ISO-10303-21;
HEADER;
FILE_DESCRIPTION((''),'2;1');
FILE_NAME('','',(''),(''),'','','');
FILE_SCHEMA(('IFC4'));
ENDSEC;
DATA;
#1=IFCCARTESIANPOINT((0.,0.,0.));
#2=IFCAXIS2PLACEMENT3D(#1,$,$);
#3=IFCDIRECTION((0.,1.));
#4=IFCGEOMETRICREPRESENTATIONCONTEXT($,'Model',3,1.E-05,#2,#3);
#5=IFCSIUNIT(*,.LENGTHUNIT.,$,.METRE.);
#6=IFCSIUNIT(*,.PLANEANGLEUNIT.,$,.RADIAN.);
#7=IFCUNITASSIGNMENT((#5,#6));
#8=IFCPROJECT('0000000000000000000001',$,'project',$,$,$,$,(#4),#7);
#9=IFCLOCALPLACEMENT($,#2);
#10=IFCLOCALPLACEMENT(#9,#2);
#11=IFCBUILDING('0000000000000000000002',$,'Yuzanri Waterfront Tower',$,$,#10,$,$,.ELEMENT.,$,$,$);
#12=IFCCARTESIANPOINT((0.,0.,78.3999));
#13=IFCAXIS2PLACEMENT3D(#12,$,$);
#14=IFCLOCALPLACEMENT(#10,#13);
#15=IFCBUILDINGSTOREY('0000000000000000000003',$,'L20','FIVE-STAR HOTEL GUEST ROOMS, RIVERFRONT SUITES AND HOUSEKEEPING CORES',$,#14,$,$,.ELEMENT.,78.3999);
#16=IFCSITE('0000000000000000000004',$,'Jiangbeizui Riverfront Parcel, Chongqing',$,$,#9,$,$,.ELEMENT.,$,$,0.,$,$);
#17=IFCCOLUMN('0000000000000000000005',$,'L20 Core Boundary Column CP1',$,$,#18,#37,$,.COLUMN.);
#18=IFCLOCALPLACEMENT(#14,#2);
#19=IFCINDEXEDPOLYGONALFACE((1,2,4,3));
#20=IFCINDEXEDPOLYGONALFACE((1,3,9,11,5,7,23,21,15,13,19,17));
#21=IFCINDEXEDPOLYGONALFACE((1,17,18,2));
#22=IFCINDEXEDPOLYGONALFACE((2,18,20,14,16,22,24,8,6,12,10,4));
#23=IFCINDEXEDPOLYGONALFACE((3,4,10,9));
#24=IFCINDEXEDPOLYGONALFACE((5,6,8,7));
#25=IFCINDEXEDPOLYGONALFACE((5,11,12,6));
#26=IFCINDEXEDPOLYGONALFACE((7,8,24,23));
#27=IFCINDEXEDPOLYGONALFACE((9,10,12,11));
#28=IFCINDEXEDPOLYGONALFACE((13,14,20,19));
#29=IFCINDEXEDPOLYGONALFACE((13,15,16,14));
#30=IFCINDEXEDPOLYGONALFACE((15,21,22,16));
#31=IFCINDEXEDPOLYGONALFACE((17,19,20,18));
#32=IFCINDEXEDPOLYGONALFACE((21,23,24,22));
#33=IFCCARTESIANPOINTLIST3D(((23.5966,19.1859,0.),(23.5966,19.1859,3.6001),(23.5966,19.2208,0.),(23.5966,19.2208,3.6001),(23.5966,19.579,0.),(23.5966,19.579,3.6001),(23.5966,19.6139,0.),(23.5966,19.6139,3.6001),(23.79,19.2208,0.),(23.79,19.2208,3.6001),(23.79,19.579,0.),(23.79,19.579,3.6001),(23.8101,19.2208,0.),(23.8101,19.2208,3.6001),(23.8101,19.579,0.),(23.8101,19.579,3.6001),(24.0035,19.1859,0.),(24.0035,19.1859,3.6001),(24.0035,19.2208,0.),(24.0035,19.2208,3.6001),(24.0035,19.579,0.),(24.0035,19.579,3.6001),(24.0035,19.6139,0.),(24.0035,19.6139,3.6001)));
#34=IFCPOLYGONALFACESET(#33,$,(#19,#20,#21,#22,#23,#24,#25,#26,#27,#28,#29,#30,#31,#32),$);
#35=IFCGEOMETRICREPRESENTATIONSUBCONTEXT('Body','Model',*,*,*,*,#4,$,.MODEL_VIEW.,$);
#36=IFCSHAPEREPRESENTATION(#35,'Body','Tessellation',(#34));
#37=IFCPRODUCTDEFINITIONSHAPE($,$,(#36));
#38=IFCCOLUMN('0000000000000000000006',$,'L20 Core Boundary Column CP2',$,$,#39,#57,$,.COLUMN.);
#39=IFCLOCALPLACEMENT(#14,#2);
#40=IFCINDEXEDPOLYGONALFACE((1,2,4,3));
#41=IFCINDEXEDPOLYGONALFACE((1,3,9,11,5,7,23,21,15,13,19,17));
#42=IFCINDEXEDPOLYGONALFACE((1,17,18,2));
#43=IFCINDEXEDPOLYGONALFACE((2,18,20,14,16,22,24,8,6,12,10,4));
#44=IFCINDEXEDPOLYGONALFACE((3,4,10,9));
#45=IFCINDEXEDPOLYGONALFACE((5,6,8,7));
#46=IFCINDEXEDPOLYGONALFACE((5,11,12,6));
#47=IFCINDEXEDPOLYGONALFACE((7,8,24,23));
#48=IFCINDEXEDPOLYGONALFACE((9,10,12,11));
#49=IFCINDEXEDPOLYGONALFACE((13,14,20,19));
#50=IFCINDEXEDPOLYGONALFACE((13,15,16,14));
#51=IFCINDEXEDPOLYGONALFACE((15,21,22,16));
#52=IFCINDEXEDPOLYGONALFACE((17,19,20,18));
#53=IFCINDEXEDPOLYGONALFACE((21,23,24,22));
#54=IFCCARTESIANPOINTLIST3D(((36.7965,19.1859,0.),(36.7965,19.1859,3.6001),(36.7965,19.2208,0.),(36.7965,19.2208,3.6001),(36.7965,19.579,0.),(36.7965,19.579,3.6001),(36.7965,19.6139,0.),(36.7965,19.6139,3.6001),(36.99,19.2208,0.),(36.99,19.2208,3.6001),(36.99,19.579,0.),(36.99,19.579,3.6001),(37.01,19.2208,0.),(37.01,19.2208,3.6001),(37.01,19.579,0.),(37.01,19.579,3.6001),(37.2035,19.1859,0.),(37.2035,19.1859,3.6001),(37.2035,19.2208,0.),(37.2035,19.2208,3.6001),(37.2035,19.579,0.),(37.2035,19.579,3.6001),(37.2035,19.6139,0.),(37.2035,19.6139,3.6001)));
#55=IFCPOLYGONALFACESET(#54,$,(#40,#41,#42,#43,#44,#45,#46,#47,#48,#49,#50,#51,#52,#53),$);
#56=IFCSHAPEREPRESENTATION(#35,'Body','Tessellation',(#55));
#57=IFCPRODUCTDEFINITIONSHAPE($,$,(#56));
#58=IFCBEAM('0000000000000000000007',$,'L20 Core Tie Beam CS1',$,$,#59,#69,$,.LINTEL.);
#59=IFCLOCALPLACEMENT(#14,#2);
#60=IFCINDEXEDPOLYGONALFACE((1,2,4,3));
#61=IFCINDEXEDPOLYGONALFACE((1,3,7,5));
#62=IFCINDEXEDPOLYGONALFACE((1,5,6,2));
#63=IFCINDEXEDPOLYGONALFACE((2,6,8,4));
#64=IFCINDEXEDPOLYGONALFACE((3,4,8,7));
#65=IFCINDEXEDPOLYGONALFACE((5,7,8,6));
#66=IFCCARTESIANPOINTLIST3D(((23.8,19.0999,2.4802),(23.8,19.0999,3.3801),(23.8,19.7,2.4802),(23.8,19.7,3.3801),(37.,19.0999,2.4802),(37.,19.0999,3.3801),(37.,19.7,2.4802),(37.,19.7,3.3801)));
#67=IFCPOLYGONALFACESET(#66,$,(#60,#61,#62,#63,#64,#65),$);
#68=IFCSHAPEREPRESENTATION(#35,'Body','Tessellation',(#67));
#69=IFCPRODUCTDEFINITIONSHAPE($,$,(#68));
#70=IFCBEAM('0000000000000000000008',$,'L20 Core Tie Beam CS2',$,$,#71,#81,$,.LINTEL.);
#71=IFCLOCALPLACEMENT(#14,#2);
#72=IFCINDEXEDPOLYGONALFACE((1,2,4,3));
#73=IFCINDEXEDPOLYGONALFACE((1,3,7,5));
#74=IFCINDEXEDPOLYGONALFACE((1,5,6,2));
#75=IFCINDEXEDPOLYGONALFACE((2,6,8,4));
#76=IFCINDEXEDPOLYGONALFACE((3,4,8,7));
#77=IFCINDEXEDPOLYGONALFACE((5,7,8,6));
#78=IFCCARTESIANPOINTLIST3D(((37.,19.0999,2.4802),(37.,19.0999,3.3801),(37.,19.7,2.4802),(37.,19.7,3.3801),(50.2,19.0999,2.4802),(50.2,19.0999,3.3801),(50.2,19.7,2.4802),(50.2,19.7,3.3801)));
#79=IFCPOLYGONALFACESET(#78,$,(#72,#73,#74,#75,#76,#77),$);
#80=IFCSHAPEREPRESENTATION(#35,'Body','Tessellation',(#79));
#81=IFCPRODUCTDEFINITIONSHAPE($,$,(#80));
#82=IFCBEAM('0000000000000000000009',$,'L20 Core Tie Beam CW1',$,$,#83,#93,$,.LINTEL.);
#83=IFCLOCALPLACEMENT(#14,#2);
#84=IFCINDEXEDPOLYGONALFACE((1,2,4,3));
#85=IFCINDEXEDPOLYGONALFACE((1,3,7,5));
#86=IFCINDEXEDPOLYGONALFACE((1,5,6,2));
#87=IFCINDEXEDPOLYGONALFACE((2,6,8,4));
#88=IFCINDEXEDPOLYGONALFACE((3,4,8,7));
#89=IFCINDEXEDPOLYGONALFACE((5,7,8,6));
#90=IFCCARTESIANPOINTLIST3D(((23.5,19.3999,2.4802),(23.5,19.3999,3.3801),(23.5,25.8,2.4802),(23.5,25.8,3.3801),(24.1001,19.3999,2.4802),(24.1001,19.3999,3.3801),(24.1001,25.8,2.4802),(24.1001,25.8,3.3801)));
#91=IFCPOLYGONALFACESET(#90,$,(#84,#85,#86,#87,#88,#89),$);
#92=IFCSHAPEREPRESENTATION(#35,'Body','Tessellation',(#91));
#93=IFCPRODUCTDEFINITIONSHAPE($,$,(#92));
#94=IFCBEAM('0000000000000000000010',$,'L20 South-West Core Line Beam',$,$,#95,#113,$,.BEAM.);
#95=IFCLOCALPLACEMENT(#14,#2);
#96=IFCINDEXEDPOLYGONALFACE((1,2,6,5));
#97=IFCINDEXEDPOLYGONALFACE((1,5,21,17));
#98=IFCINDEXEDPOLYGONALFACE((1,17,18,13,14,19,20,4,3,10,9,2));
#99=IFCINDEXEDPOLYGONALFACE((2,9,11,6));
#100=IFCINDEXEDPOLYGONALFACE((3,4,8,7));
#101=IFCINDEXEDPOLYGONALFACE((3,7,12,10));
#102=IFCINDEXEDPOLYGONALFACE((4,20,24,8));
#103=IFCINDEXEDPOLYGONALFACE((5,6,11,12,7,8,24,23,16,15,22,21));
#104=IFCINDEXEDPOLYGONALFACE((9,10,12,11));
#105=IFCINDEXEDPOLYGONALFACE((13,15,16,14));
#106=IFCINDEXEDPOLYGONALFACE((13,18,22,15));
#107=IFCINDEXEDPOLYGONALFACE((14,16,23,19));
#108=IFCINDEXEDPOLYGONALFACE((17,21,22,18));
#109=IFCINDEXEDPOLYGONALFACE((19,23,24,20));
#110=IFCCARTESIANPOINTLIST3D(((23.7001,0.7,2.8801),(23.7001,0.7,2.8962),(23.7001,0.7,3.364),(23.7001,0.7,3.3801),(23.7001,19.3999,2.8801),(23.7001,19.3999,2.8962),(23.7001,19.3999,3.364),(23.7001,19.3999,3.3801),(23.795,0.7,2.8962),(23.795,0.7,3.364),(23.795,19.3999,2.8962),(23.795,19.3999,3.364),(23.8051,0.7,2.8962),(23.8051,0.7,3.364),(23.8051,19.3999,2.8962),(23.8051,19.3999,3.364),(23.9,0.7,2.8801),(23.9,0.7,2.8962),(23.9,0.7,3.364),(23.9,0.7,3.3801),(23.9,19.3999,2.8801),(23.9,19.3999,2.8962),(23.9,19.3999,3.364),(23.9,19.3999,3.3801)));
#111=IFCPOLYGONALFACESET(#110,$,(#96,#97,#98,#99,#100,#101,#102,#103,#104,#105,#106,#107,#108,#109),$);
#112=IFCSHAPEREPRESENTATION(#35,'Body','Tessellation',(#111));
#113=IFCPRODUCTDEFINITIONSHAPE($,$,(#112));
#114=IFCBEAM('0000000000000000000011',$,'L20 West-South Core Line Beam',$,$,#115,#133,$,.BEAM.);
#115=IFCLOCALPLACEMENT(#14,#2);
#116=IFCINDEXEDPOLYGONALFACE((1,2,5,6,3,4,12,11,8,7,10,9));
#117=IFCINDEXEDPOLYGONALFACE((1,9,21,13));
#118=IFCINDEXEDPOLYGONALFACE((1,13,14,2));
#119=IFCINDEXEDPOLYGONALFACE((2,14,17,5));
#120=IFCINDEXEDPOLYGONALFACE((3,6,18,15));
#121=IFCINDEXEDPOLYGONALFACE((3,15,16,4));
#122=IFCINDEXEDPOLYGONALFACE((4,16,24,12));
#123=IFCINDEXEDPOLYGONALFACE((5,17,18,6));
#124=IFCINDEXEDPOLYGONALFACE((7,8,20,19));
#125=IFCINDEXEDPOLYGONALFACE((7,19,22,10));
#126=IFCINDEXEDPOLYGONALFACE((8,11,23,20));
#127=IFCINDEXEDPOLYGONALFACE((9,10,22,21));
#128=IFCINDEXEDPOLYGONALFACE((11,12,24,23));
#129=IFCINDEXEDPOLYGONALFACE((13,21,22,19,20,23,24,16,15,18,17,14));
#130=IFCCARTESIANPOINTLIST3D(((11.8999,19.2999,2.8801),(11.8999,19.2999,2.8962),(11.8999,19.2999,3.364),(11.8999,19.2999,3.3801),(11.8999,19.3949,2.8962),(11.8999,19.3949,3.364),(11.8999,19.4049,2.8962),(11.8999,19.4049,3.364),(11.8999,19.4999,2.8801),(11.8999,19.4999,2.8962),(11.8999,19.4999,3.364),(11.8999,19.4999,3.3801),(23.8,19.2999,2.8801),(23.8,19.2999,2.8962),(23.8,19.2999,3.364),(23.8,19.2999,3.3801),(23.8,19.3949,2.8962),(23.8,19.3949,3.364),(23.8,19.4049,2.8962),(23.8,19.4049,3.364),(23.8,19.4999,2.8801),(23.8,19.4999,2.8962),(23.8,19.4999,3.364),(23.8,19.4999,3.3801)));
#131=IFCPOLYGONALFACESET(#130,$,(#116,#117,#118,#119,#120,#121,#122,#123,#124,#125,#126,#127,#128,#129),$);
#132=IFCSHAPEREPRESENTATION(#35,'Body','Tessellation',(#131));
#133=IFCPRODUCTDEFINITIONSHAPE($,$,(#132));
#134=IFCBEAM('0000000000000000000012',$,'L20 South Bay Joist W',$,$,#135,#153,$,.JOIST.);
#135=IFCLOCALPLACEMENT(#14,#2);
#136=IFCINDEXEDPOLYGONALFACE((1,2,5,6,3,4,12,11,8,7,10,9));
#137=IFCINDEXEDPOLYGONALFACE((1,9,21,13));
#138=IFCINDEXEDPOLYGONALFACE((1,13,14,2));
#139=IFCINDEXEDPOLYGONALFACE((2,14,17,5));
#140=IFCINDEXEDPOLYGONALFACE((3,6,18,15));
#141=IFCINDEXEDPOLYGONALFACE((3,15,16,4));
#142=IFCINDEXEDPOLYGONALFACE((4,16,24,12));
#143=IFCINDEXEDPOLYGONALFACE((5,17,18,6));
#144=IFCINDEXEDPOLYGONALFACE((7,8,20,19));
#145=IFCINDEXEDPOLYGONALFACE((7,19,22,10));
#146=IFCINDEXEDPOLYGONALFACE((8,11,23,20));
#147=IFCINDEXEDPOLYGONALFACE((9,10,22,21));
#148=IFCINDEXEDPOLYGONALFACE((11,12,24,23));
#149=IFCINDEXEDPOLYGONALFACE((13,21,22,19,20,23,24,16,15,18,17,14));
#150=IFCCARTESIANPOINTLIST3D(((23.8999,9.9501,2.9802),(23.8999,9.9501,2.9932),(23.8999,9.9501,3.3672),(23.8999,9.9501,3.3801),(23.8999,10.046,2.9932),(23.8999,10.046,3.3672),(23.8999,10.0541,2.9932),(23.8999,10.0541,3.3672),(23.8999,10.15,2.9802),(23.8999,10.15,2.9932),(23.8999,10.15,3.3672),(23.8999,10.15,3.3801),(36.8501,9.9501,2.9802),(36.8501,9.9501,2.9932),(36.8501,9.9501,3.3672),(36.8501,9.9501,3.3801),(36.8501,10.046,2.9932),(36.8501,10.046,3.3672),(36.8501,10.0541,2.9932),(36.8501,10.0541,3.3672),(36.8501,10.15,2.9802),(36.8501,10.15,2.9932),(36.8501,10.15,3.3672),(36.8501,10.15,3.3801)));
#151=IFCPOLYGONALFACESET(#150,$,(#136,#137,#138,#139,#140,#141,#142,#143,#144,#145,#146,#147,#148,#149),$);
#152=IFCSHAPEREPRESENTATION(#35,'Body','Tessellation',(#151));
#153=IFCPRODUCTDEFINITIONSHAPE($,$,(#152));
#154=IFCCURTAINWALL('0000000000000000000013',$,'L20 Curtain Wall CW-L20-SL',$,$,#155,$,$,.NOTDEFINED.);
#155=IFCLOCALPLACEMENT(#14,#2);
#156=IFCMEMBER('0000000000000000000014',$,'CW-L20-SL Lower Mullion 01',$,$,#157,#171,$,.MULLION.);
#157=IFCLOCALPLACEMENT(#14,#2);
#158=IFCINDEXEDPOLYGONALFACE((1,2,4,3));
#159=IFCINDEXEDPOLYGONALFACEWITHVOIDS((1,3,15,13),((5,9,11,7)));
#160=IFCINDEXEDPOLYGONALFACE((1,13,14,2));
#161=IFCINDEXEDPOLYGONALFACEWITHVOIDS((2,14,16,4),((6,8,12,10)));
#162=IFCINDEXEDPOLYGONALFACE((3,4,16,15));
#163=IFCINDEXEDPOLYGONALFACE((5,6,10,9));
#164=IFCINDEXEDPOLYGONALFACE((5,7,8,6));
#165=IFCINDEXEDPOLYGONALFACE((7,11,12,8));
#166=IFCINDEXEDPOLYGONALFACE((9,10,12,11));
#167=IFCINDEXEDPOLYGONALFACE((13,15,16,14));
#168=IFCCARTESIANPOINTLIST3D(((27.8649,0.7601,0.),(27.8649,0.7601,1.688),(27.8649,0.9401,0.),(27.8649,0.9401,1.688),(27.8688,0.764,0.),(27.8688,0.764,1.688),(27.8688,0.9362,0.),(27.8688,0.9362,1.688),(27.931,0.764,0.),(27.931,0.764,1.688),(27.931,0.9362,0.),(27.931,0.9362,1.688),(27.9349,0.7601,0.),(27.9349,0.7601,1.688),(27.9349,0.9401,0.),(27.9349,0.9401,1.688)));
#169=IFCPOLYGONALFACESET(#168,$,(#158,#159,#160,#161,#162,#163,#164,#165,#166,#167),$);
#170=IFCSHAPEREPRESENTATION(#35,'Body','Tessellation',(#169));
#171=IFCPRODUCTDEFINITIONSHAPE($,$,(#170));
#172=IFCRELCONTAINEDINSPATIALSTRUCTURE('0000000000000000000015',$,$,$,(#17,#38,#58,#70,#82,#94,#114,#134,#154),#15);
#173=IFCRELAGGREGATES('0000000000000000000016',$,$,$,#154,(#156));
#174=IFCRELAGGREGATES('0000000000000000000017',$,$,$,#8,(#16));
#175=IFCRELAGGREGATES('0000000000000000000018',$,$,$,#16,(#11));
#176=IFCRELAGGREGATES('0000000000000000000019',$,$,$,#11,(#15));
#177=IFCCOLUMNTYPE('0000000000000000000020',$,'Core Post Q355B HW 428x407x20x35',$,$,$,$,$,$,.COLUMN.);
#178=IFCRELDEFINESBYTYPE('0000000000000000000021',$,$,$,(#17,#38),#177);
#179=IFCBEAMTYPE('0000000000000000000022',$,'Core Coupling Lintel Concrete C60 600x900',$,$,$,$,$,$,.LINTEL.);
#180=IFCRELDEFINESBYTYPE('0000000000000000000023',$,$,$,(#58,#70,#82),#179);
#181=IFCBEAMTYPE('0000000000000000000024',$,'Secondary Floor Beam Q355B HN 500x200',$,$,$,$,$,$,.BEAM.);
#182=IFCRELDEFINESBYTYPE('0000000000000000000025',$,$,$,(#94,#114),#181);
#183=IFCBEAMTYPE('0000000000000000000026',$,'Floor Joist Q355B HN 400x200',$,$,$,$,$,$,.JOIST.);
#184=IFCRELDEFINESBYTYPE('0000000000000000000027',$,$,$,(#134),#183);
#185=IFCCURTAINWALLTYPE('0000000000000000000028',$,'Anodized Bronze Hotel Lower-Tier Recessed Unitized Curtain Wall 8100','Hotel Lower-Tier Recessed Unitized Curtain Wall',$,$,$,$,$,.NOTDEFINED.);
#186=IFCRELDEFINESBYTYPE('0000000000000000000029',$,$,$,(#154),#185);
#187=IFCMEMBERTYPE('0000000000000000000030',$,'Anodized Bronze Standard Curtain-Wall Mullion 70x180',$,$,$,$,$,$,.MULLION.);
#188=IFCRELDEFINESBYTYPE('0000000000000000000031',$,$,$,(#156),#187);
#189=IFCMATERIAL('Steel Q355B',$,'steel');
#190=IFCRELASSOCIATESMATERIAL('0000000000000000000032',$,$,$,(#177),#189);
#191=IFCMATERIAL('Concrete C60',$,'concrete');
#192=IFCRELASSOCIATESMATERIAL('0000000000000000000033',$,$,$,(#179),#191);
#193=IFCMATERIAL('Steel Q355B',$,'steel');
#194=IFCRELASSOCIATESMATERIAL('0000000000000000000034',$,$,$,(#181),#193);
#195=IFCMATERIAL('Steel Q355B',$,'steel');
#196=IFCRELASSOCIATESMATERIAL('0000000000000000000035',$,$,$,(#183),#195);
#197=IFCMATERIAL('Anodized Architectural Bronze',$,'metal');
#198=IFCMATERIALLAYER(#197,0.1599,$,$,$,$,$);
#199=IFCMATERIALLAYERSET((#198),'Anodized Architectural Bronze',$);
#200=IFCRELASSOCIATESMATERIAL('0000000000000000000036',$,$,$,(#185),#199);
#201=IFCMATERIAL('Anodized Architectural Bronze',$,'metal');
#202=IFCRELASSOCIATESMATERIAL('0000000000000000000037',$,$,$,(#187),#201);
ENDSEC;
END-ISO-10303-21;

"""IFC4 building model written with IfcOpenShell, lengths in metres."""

from ifc_helpers import new_model, si_unit, direction, frame, origin, origin_2d, place, context, subcontext, project, spatial, rectangle, hollow_rectangle, i_section, extrude, source, transform, mapped, material, layer, layer_set, material_profile, profile_set, type_object, element, aggregate, save


model = new_model("IFC4")

# Units and contexts
model_context = context("Model", 3, precision=1e-05, world=origin(), true_north=direction((0.0, 1.0)))
body_context = subcontext(model_context, "Body", "Model", "MODEL_VIEW")
ifc_project = project(units=[si_unit("LENGTHUNIT", "METRE"), si_unit("PLANEANGLEUNIT", "RADIAN")], contexts=[model_context])

# Site, building, storey
site_placement = place(None, origin())
site = spatial("IfcSite", under=ifc_project, at=site_placement, Name="Jiangbeizui Riverfront Parcel, Chongqing", CompositionType="ELEMENT", RefElevation=0.0)
building_placement = place(site_placement, origin())
building = spatial("IfcBuilding", under=site, at=building_placement, Name="Yuzanri Waterfront Tower", CompositionType="ELEMENT")
storey_placement = place(building_placement, frame((0.0, 0.0, 78.3999)))
storey = spatial("IfcBuildingStorey", under=building, at=storey_placement, Name="L20", Description="FIVE-STAR HOTEL GUEST ROOMS, RIVERFRONT SUITES AND HOUSEKEEPING CORES", CompositionType="ELEMENT", Elevation=78.3999)

# Columns
ifc_material_1 = material(Name="Steel Q355B", Category="steel")
ifc_material_profile_1 = material_profile(ifc_material_1, i_section(OverallWidth=0.407, OverallDepth=0.428, WebThickness=0.02, FlangeThickness=0.0349, at=origin_2d()), Name="HW 428x407x20x35")
ifc_profile_set_1 = profile_set([ifc_material_profile_1], Name="Steel Q355B")
column_type = type_object("IfcColumnType", Name="Core Post Q355B HW 428x407x20x35", PredefinedType="COLUMN", material=ifc_profile_set_1)
shared_shape_1 = source(origin(), body_context, "Body", "SweptSolid", [
    extrude(i_section(OverallWidth=0.407, OverallDepth=0.428, WebThickness=0.02, FlangeThickness=0.0349, at=origin_2d()), origin(), (0.0, 0.0, 1.0), 3.6001),
])
for number, where, z_axis, x_axis, name in (
    (1, (23.8, 19.3999, 0.0), (0.0, 0.0, 1.0), (1.0, 0.0, 0.0), "L20 Core Boundary Column CP1"),
    (2, (37.0, 19.3999, 0.0), (0.0, 0.0, 1.0), (1.0, 0.0, 0.0), "L20 Core Boundary Column CP2"),
):
    element("IfcColumn", number, at=place(storey_placement, frame(where, z_axis=z_axis, x_axis=x_axis)), inside=storey, type_object=column_type, Name=name, PredefinedType="COLUMN", context=body_context, shape_type="MappedRepresentation", body=[
        mapped(shared_shape_1, transform((0.0, 0.0, 0.0), scale=1.0)),
    ])

# Beams
ifc_material_2 = material(Name="Concrete C60", Category="concrete")
ifc_material_profile_2 = material_profile(ifc_material_2, rectangle(XDim=0.6001, YDim=0.8999, at=origin_2d()), Name="RC 600x900")
ifc_profile_set_2 = profile_set([ifc_material_profile_2], Name="Concrete C60")
beam_type_1 = type_object("IfcBeamType", Name="Core Coupling Lintel Concrete C60 600x900", PredefinedType="LINTEL", material=ifc_profile_set_2)
shared_shape_2 = source(origin(), body_context, "Body", "SweptSolid", [
    extrude(rectangle(XDim=0.6001, YDim=0.8999, at=origin_2d()), origin(), (0.0, 0.0, 1.0), 13.2),
])
for number, where, z_axis, x_axis, name in (
    (3, (23.8, 19.3999, 2.9302), (1.0, 0.0, 0.0), (0.0, 1.0, 0.0), "L20 Core Tie Beam CS1"),
    (4, (37.0, 19.3999, 2.9302), (1.0, 0.0, 0.0), (0.0, 1.0, 0.0), "L20 Core Tie Beam CS2"),
):
    element("IfcBeam", number, at=place(storey_placement, frame(where, z_axis=z_axis, x_axis=x_axis)), inside=storey, type_object=beam_type_1, Name=name, PredefinedType="LINTEL", context=body_context, shape_type="MappedRepresentation", body=[
        mapped(shared_shape_2, transform((0.0, 0.0, 0.0), scale=1.0)),
    ])
shared_shape_3 = source(origin(), body_context, "Body", "SweptSolid", [
    extrude(rectangle(XDim=0.6001, YDim=0.8999, at=origin_2d()), origin(), (0.0, 0.0, 1.0), 6.4001),
])
beam_1_placement = place(storey_placement, frame((23.8, 19.3999, 2.9302), z_axis=(0.0, 1.0, 0.0), x_axis=(-1.0, 0.0, 0.0)))
element("IfcBeam", 5, at=beam_1_placement, inside=storey, type_object=beam_type_1, Name="L20 Core Tie Beam CW1", PredefinedType="LINTEL", context=body_context, shape_type="MappedRepresentation", body=[
    mapped(shared_shape_3, transform((0.0, 0.0, 0.0), scale=1.0)),
])
ifc_material_3 = material(Name="Steel Q355B", Category="steel")
ifc_material_profile_3 = material_profile(ifc_material_3, i_section(OverallWidth=0.2, OverallDepth=0.5, WebThickness=0.01, FlangeThickness=0.0161, at=origin_2d()), Name="HN 500x200x10x16")
ifc_profile_set_3 = profile_set([ifc_material_profile_3], Name="Steel Q355B")
beam_type_2 = type_object("IfcBeamType", Name="Secondary Floor Beam Q355B HN 500x200", PredefinedType="BEAM", material=ifc_profile_set_3)
shared_shape_4 = source(origin(), body_context, "Body", "SweptSolid", [
    extrude(i_section(OverallWidth=0.2, OverallDepth=0.5, WebThickness=0.01, FlangeThickness=0.0161, at=origin_2d()), origin(), (0.0, 0.0, 1.0), 18.7),
])
beam_2_placement = place(storey_placement, frame((23.8, 19.3999, 3.1301), z_axis=(0.0, -1.0, 0.0), x_axis=(1.0, 0.0, 0.0)))
element("IfcBeam", 6, at=beam_2_placement, inside=storey, type_object=beam_type_2, Name="L20 South-West Core Line Beam", PredefinedType="BEAM", context=body_context, shape_type="MappedRepresentation", body=[
    mapped(shared_shape_4, transform((0.0, 0.0, 0.0), scale=1.0)),
])
shared_shape_5 = source(origin(), body_context, "Body", "SweptSolid", [
    extrude(i_section(OverallWidth=0.2, OverallDepth=0.5, WebThickness=0.01, FlangeThickness=0.0161, at=origin_2d()), origin(), (0.0, 0.0, 1.0), 11.9001),
])
beam_3_placement = place(storey_placement, frame((23.8, 19.3999, 3.1301), z_axis=(-1.0, 0.0, 0.0), x_axis=(0.0, -1.0, 0.0)))
element("IfcBeam", 7, at=beam_3_placement, inside=storey, type_object=beam_type_2, Name="L20 West-South Core Line Beam", PredefinedType="BEAM", context=body_context, shape_type="MappedRepresentation", body=[
    mapped(shared_shape_5, transform((0.0, 0.0, 0.0), scale=1.0)),
])
ifc_material_4 = material(Name="Steel Q355B", Category="steel")
ifc_material_profile_4 = material_profile(ifc_material_4, i_section(OverallWidth=0.2, OverallDepth=0.3999, WebThickness=0.0081, FlangeThickness=0.0129, at=origin_2d()), Name="HN 400x200x8x13")
ifc_profile_set_4 = profile_set([ifc_material_profile_4], Name="Steel Q355B")
beam_type_3 = type_object("IfcBeamType", Name="Floor Joist Q355B HN 400x200", PredefinedType="JOIST", material=ifc_profile_set_4)
shared_shape_6 = source(origin(), body_context, "Body", "SweptSolid", [
    extrude(i_section(OverallWidth=0.2, OverallDepth=0.3999, WebThickness=0.0081, FlangeThickness=0.0129, at=origin_2d()), origin(), (0.0, 0.0, 1.0), 12.9502),
])
beam_4_placement = place(storey_placement, frame((23.8999, 10.05, 3.1802), z_axis=(1.0, 0.0, 0.0), x_axis=(0.0, 1.0, 0.0)))
element("IfcBeam", 8, at=beam_4_placement, inside=storey, type_object=beam_type_3, Name="L20 South Bay Joist W", PredefinedType="JOIST", context=body_context, shape_type="MappedRepresentation", body=[
    mapped(shared_shape_6, transform((0.0, 0.0, 0.0), scale=1.0)),
])

# Curtain wall, member
ifc_material_5 = material(Name="Anodized Architectural Bronze", Category="metal")
ifc_layer_1 = layer(ifc_material_5, 0.1599)
ifc_layer_set_1 = layer_set([ifc_layer_1], Name="Anodized Architectural Bronze")
curtain_wall_type = type_object("IfcCurtainWallType", Name="Anodized Bronze Hotel Lower-Tier Recessed Unitized Curtain Wall 8100", Description="Hotel Lower-Tier Recessed Unitized Curtain Wall", PredefinedType="NOTDEFINED", material=ifc_layer_set_1)
curtain_wall_placement = place(storey_placement, origin())
curtain_wall = element("IfcCurtainWall", 9, at=curtain_wall_placement, inside=storey, type_object=curtain_wall_type, Name="L20 Curtain Wall CW-L20-SL", PredefinedType="NOTDEFINED")
ifc_material_6 = material(Name="Anodized Architectural Bronze", Category="metal")
ifc_material_profile_5 = material_profile(ifc_material_6, hollow_rectangle(XDim=0.0701, YDim=0.1799, WallThickness=0.0039, at=origin_2d()), Name="CWM 70x180")
ifc_profile_set_5 = profile_set([ifc_material_profile_5], Name="Anodized Architectural Bronze")
member_type = type_object("IfcMemberType", Name="Anodized Bronze Standard Curtain-Wall Mullion 70x180", PredefinedType="MULLION", material=ifc_profile_set_5)
shared_shape_7 = source(origin(), body_context, "Body", "SweptSolid", [
    extrude(hollow_rectangle(XDim=0.0701, YDim=0.1799, WallThickness=0.0039, at=origin_2d()), origin(), (0.0, 0.0, 1.0), 1.688),
])
member_1_placement = place(storey_placement, frame((27.8999, 0.8501, 0.0), z_axis=(0.0, 0.0, 1.0), x_axis=(1.0, 0.0, 0.0)))
member_1 = element("IfcMember", 10, at=member_1_placement, type_object=member_type, Name="CW-L20-SL Lower Mullion 01", PredefinedType="MULLION", context=body_context, shape_type="MappedRepresentation", body=[
    mapped(shared_shape_7, transform((0.0, 0.0, 0.0), scale=1.0)),
])
aggregate(curtain_wall, [member_1])

save(model, "model.ifc")
